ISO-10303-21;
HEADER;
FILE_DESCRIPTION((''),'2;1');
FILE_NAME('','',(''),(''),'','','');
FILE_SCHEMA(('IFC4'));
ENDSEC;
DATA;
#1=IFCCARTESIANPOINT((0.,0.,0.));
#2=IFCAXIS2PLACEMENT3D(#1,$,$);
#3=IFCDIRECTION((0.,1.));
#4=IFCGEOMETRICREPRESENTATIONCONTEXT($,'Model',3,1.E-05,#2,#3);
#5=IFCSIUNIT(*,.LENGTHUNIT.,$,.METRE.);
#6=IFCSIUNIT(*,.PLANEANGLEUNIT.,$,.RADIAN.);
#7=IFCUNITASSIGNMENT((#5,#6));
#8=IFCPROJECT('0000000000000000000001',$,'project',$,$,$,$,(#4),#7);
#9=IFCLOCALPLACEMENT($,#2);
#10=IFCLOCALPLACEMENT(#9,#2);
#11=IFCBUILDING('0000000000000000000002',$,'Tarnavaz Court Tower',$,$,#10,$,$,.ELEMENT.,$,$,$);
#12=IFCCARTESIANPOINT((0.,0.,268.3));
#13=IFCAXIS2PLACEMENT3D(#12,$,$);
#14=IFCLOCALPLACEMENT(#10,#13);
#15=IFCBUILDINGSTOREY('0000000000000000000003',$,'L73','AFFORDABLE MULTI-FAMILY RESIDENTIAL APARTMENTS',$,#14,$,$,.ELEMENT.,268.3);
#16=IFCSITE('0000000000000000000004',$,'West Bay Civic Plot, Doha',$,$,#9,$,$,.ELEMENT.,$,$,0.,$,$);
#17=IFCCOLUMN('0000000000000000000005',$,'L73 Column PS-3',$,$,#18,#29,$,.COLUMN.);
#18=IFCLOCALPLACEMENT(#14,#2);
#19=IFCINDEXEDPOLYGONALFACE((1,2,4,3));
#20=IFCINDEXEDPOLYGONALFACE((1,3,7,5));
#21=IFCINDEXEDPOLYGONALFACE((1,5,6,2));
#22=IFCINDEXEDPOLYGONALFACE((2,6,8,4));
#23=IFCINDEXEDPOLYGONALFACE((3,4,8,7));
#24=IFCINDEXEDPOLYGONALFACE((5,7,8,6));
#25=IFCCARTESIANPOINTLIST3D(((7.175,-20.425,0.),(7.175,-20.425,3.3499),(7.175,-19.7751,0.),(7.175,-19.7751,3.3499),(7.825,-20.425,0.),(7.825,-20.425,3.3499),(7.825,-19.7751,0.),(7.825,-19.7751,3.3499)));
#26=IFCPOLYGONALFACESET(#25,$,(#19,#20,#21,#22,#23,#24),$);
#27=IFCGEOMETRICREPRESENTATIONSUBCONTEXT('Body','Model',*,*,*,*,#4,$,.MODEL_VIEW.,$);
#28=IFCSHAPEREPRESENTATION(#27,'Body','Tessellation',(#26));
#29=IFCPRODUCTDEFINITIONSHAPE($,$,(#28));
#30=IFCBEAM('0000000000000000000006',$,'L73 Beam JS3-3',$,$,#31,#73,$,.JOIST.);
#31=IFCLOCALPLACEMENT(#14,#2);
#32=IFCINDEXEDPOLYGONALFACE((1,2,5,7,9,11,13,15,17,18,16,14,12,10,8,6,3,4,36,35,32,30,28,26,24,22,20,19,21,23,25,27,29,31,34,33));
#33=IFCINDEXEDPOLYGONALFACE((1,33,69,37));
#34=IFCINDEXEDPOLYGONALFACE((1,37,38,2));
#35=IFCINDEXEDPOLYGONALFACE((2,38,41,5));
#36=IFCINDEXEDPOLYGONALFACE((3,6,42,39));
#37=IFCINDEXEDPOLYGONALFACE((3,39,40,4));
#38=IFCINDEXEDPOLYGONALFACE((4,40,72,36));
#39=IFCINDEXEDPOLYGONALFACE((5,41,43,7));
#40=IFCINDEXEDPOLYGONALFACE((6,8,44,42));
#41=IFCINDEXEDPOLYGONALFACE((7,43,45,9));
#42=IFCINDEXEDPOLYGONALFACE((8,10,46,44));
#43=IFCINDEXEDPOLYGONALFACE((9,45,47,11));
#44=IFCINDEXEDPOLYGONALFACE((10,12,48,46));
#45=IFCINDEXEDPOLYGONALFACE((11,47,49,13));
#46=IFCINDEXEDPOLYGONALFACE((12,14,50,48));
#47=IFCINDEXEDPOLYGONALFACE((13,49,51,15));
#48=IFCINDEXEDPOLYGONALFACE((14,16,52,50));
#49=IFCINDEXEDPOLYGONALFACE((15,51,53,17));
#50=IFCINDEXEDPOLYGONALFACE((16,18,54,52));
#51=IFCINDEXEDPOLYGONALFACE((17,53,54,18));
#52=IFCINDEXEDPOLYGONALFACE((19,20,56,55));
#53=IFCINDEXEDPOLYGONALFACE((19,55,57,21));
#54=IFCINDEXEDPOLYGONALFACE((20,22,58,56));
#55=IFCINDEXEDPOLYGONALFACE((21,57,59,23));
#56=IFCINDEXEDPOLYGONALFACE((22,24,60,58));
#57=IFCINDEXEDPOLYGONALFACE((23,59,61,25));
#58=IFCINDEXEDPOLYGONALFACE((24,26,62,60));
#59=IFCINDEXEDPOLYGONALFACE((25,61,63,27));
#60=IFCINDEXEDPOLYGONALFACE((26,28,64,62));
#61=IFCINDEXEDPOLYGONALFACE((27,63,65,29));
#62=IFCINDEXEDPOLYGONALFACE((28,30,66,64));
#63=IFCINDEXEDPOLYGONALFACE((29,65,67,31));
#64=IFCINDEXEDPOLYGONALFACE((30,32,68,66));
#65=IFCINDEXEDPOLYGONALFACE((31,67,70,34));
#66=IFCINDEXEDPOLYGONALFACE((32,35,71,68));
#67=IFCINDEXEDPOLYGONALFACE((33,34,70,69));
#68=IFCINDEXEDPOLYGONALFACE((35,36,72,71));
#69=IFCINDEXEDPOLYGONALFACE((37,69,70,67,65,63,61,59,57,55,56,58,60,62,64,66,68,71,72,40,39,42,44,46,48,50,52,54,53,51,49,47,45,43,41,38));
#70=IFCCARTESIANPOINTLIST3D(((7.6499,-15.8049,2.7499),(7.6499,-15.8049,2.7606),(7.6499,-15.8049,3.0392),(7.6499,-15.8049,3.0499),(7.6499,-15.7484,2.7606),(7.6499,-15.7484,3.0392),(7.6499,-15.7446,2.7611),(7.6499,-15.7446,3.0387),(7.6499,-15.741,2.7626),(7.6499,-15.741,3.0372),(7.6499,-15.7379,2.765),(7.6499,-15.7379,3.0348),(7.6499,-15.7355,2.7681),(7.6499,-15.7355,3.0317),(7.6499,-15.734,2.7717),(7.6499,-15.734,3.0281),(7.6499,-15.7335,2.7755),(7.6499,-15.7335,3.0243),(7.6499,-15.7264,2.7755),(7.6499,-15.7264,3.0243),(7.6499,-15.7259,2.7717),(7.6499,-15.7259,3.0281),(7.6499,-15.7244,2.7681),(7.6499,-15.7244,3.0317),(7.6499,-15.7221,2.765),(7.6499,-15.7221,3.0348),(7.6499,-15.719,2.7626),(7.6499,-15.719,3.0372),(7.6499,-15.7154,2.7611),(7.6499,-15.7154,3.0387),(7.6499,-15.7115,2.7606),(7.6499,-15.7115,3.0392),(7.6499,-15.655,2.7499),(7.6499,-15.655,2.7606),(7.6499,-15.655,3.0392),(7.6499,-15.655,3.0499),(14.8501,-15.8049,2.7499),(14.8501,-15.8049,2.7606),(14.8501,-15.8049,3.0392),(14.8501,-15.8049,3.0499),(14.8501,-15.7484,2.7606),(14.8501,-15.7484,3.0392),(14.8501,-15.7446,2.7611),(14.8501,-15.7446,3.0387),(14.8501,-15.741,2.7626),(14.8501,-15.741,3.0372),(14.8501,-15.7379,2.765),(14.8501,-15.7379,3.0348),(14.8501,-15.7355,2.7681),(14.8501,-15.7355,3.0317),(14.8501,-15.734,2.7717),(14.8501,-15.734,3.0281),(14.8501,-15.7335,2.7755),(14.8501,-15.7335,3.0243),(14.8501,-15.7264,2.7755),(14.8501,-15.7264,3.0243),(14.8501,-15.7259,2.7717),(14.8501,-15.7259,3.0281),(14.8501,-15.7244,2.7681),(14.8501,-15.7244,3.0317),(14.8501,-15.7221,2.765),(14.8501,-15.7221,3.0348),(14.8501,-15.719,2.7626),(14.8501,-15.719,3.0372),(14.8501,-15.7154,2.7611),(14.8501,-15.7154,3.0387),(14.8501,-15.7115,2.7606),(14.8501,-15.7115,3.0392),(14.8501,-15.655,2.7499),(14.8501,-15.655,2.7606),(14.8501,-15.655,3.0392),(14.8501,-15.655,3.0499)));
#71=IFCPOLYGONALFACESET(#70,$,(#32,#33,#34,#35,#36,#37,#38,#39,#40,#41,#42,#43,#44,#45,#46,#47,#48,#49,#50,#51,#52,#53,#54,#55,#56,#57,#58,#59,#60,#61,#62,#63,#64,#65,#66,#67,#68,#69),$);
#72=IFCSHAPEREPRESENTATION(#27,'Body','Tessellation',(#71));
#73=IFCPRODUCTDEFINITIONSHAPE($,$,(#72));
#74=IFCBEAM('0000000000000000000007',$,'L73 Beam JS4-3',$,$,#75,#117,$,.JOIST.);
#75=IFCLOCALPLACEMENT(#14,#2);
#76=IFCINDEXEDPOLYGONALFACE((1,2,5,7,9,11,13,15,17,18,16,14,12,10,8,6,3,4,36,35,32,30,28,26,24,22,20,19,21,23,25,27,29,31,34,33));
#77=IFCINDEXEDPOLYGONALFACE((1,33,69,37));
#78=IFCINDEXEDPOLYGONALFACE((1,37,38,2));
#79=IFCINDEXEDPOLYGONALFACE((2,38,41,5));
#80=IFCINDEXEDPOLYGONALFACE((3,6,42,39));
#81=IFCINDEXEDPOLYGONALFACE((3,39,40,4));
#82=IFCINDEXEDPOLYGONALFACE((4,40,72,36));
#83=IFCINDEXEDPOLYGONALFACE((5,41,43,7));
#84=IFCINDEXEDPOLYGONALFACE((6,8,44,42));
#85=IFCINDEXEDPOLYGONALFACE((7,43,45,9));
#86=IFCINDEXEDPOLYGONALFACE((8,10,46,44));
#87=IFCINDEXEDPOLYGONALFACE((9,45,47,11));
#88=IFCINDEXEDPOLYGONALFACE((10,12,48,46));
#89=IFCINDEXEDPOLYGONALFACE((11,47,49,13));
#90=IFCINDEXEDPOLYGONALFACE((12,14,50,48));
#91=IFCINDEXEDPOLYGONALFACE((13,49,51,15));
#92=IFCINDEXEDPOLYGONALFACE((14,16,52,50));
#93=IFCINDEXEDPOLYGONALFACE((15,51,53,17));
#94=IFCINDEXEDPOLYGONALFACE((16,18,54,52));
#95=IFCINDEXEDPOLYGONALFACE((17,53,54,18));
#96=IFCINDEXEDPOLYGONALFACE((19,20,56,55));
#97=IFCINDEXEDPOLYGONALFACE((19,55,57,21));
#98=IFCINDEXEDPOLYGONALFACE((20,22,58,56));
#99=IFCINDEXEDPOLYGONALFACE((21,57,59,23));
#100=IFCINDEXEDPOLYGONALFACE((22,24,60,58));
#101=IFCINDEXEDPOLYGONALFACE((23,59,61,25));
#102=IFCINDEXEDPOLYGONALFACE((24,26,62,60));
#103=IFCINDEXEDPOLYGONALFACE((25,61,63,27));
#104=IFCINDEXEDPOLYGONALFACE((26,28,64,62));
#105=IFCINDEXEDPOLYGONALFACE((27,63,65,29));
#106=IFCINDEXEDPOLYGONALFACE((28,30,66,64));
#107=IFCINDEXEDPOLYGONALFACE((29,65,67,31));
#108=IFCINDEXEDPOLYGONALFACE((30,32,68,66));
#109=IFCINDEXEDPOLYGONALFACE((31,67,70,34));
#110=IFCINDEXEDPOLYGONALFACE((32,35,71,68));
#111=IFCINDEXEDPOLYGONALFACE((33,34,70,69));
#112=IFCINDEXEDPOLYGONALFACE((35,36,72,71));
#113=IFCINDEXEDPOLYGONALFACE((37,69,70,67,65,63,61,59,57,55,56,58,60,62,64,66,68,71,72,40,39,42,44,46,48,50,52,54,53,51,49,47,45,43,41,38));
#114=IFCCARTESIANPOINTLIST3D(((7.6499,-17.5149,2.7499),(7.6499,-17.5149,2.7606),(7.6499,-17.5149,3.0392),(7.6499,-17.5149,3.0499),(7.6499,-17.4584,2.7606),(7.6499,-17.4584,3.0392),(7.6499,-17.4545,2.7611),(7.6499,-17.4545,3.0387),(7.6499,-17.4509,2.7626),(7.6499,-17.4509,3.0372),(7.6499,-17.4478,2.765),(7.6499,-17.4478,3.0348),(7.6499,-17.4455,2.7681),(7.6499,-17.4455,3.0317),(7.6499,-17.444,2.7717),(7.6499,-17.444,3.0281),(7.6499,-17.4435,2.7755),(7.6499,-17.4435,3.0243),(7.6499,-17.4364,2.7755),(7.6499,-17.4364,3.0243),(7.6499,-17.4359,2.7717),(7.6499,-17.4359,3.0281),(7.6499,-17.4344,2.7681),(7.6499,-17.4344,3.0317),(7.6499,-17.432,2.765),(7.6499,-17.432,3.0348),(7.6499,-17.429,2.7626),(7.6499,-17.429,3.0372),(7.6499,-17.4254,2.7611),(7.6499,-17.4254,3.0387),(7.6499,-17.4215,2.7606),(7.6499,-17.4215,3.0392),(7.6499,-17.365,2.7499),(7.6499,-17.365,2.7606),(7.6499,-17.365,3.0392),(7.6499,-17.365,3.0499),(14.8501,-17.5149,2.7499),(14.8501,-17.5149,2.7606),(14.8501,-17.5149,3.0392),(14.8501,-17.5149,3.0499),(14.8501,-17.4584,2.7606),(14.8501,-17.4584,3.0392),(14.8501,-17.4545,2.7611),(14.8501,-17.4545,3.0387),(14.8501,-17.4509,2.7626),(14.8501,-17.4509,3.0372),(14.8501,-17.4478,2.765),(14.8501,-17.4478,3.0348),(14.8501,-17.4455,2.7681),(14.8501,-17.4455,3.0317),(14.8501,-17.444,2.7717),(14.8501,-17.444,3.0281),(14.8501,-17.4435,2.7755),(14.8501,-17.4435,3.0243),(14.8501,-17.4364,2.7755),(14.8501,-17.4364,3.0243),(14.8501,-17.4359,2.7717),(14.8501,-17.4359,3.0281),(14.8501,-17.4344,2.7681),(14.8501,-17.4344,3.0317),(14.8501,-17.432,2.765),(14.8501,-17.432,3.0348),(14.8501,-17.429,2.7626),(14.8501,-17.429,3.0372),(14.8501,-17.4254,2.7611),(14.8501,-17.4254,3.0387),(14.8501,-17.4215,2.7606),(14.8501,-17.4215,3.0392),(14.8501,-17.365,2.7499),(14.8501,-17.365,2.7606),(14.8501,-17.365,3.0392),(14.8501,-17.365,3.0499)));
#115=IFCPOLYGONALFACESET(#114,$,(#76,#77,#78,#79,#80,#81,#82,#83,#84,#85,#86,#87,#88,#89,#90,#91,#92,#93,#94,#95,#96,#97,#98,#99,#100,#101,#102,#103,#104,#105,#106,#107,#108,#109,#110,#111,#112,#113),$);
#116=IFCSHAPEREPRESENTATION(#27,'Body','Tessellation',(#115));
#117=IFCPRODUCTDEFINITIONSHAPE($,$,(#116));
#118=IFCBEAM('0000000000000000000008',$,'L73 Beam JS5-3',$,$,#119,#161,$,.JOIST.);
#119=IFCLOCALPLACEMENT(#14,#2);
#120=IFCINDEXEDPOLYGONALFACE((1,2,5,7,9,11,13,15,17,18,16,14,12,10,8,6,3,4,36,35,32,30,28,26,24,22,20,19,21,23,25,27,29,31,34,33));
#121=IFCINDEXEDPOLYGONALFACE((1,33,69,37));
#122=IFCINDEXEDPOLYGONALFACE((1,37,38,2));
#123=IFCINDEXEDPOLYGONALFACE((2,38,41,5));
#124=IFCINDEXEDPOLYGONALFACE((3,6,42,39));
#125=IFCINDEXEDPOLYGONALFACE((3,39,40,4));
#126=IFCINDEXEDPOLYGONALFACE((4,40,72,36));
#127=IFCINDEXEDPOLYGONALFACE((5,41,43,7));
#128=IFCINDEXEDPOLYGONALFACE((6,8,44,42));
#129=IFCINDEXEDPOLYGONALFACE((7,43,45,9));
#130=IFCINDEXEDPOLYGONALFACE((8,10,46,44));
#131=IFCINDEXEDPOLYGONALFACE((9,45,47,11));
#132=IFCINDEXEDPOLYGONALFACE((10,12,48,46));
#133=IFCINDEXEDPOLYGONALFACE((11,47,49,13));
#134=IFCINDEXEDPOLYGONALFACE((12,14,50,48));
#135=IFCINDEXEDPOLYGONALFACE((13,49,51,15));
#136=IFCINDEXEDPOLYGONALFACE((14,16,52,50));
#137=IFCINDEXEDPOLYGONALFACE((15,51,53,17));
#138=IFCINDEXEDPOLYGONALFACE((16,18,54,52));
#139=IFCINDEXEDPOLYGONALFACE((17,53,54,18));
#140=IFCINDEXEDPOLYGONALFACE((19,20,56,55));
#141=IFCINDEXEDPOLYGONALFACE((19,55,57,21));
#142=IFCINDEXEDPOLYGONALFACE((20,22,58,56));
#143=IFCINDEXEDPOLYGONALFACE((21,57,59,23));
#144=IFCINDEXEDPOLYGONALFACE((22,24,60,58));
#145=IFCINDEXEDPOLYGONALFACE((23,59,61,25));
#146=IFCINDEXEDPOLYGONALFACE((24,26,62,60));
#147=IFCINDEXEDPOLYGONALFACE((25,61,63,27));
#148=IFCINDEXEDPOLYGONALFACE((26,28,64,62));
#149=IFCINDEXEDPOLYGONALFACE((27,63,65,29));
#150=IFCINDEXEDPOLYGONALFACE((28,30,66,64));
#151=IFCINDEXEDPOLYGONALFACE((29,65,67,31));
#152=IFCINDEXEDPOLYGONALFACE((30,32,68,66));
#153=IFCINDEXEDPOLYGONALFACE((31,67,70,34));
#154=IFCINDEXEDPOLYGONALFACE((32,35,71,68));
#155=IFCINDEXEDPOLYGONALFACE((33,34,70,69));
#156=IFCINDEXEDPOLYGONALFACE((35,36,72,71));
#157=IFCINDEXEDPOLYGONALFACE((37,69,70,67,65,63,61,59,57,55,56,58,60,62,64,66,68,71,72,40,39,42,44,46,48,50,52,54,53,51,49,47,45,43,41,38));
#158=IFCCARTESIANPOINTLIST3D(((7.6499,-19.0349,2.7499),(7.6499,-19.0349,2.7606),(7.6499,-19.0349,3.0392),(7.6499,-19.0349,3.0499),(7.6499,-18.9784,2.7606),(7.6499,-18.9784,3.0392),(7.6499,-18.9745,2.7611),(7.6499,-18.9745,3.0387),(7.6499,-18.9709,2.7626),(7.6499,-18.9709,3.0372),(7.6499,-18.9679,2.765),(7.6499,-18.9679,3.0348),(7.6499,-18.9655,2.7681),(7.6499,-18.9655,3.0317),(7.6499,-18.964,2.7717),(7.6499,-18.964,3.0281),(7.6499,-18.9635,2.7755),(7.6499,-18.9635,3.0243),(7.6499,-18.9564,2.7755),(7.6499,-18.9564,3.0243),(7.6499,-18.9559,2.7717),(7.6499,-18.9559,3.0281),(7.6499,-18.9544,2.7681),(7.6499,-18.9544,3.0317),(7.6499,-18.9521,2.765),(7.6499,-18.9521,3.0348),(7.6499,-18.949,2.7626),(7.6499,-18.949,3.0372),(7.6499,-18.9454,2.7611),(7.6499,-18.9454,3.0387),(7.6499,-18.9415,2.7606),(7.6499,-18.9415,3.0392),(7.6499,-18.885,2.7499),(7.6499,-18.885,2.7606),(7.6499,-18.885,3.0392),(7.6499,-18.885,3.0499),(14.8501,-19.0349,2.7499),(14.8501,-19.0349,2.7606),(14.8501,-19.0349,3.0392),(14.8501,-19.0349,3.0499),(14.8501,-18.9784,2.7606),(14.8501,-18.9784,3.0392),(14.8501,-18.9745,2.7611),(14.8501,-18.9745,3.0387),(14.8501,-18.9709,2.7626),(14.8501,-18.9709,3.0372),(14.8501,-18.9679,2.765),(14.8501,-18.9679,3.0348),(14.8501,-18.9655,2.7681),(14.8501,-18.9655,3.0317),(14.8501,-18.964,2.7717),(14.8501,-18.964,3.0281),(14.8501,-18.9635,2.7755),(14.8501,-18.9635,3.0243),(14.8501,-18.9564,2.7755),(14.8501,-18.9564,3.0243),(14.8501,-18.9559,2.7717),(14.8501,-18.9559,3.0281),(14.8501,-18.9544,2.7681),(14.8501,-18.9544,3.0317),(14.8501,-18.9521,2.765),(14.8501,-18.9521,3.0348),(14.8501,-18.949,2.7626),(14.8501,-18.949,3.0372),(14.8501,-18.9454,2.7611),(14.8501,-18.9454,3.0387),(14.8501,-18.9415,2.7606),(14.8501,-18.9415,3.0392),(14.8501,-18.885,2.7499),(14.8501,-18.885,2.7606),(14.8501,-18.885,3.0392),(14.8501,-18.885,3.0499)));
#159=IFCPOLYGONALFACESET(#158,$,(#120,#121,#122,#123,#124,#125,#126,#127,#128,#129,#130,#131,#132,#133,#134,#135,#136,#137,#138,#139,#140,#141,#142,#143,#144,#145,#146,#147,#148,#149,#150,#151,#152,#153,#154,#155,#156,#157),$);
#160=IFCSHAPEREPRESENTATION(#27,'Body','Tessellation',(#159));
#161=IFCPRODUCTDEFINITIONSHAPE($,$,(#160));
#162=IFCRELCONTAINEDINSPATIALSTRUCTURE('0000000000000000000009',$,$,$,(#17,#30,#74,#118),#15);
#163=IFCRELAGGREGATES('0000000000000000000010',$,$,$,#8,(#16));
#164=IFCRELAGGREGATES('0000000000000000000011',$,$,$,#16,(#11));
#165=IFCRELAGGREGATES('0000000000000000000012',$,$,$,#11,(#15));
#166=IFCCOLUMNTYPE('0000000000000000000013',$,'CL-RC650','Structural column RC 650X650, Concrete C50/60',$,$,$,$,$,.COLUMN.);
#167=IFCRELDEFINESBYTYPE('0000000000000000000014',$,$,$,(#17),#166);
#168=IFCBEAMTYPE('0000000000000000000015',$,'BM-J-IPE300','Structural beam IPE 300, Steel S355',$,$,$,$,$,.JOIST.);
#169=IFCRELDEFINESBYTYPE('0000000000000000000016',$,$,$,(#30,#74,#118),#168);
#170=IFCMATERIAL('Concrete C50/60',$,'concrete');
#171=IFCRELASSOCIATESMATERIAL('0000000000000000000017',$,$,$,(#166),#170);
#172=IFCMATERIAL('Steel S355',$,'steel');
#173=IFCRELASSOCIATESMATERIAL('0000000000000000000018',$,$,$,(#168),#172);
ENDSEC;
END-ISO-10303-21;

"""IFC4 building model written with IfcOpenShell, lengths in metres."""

from ifc_helpers import new_model, si_unit, direction, frame, origin, origin_2d, place, context, subcontext, project, spatial, rectangle, i_section, extrude, material, material_profile, profile_set, type_object, element, save


model = new_model("IFC4")

# Units and contexts
model_context = context("Model", 3, precision=1e-05, world=origin(), true_north=direction((0.0, 1.0)))
body_context = subcontext(model_context, "Body", "Model", "MODEL_VIEW")
ifc_project = project(units=[si_unit("LENGTHUNIT", "METRE"), si_unit("PLANEANGLEUNIT", "RADIAN")], contexts=[model_context])

# Site, building, storey
site_placement = place(None, origin())
site = spatial("IfcSite", under=ifc_project, at=site_placement, Name="West Bay Civic Plot, Doha", CompositionType="ELEMENT", RefElevation=0.0)
building_placement = place(site_placement, origin())
building = spatial("IfcBuilding", under=site, at=building_placement, Name="Tarnavaz Court Tower", CompositionType="ELEMENT")
storey_placement = place(building_placement, frame((0.0, 0.0, 268.3)))
storey = spatial("IfcBuildingStorey", under=building, at=storey_placement, Name="L73", Description="AFFORDABLE MULTI-FAMILY RESIDENTIAL APARTMENTS", CompositionType="ELEMENT", Elevation=268.3)

# Column
ifc_material_1 = material(Name="Concrete C50/60", Category="concrete")
ifc_material_profile_1 = material_profile(ifc_material_1, rectangle(XDim=0.6499, YDim=0.6499, at=origin_2d()), Name="RC 650X650")
ifc_profile_set_1 = profile_set([ifc_material_profile_1], Name="Concrete C50/60")
column_type = type_object("IfcColumnType", Name="CL-RC650", Description="Structural column RC 650X650, Concrete C50/60", PredefinedType="COLUMN", material=ifc_profile_set_1)
column_placement = place(storey_placement, frame((7.5, -20.1001, 0.0), z_axis=(0.0, 0.0, 1.0), x_axis=(1.0, 0.0, 0.0)))
element("IfcColumn", 1, at=column_placement, inside=storey, type_object=column_type, Name="L73 Column PS-3", PredefinedType="COLUMN", context=body_context, shape_type="SweptSolid", body=[
    extrude(rectangle(XDim=0.6499, YDim=0.6499, at=origin_2d()), origin(), (0.0, 0.0, 1.0), 3.3499),
])

# Beams
ifc_material_2 = material(Name="Steel S355", Category="steel")
ifc_material_profile_2 = material_profile(ifc_material_2, i_section(OverallWidth=0.1499, OverallDepth=0.3, WebThickness=0.0071, FlangeThickness=0.0107, FilletRadius=0.0149, at=origin_2d()), Name="IPE 300")
ifc_profile_set_2 = profile_set([ifc_material_profile_2], Name="Steel S355")
beam_type = type_object("IfcBeamType", Name="BM-J-IPE300", Description="Structural beam IPE 300, Steel S355", PredefinedType="JOIST", material=ifc_profile_set_2)
for number, where, z_axis, x_axis, name in (
    (2, (7.6499, -15.73, 2.8999), (1.0, 0.0, 0.0), (0.0, 1.0, 0.0), "L73 Beam JS3-3"),
    (3, (7.6499, -17.4399, 2.8999), (1.0, 0.0, 0.0), (0.0, 1.0, 0.0), "L73 Beam JS4-3"),
    (4, (7.6499, -18.96, 2.8999), (1.0, 0.0, 0.0), (0.0, 1.0, 0.0), "L73 Beam JS5-3"),
):
    element("IfcBeam", number, at=place(storey_placement, frame(where, z_axis=z_axis, x_axis=x_axis)), inside=storey, type_object=beam_type, Name=name, PredefinedType="JOIST", context=body_context, shape_type="SweptSolid", body=[
        extrude(i_section(OverallWidth=0.1499, OverallDepth=0.3, WebThickness=0.0071, FlangeThickness=0.0107, FilletRadius=0.0149, at=origin_2d()), origin(), (0.0, 0.0, 1.0), 7.2002),
    ])

save(model, "model.ifc")
